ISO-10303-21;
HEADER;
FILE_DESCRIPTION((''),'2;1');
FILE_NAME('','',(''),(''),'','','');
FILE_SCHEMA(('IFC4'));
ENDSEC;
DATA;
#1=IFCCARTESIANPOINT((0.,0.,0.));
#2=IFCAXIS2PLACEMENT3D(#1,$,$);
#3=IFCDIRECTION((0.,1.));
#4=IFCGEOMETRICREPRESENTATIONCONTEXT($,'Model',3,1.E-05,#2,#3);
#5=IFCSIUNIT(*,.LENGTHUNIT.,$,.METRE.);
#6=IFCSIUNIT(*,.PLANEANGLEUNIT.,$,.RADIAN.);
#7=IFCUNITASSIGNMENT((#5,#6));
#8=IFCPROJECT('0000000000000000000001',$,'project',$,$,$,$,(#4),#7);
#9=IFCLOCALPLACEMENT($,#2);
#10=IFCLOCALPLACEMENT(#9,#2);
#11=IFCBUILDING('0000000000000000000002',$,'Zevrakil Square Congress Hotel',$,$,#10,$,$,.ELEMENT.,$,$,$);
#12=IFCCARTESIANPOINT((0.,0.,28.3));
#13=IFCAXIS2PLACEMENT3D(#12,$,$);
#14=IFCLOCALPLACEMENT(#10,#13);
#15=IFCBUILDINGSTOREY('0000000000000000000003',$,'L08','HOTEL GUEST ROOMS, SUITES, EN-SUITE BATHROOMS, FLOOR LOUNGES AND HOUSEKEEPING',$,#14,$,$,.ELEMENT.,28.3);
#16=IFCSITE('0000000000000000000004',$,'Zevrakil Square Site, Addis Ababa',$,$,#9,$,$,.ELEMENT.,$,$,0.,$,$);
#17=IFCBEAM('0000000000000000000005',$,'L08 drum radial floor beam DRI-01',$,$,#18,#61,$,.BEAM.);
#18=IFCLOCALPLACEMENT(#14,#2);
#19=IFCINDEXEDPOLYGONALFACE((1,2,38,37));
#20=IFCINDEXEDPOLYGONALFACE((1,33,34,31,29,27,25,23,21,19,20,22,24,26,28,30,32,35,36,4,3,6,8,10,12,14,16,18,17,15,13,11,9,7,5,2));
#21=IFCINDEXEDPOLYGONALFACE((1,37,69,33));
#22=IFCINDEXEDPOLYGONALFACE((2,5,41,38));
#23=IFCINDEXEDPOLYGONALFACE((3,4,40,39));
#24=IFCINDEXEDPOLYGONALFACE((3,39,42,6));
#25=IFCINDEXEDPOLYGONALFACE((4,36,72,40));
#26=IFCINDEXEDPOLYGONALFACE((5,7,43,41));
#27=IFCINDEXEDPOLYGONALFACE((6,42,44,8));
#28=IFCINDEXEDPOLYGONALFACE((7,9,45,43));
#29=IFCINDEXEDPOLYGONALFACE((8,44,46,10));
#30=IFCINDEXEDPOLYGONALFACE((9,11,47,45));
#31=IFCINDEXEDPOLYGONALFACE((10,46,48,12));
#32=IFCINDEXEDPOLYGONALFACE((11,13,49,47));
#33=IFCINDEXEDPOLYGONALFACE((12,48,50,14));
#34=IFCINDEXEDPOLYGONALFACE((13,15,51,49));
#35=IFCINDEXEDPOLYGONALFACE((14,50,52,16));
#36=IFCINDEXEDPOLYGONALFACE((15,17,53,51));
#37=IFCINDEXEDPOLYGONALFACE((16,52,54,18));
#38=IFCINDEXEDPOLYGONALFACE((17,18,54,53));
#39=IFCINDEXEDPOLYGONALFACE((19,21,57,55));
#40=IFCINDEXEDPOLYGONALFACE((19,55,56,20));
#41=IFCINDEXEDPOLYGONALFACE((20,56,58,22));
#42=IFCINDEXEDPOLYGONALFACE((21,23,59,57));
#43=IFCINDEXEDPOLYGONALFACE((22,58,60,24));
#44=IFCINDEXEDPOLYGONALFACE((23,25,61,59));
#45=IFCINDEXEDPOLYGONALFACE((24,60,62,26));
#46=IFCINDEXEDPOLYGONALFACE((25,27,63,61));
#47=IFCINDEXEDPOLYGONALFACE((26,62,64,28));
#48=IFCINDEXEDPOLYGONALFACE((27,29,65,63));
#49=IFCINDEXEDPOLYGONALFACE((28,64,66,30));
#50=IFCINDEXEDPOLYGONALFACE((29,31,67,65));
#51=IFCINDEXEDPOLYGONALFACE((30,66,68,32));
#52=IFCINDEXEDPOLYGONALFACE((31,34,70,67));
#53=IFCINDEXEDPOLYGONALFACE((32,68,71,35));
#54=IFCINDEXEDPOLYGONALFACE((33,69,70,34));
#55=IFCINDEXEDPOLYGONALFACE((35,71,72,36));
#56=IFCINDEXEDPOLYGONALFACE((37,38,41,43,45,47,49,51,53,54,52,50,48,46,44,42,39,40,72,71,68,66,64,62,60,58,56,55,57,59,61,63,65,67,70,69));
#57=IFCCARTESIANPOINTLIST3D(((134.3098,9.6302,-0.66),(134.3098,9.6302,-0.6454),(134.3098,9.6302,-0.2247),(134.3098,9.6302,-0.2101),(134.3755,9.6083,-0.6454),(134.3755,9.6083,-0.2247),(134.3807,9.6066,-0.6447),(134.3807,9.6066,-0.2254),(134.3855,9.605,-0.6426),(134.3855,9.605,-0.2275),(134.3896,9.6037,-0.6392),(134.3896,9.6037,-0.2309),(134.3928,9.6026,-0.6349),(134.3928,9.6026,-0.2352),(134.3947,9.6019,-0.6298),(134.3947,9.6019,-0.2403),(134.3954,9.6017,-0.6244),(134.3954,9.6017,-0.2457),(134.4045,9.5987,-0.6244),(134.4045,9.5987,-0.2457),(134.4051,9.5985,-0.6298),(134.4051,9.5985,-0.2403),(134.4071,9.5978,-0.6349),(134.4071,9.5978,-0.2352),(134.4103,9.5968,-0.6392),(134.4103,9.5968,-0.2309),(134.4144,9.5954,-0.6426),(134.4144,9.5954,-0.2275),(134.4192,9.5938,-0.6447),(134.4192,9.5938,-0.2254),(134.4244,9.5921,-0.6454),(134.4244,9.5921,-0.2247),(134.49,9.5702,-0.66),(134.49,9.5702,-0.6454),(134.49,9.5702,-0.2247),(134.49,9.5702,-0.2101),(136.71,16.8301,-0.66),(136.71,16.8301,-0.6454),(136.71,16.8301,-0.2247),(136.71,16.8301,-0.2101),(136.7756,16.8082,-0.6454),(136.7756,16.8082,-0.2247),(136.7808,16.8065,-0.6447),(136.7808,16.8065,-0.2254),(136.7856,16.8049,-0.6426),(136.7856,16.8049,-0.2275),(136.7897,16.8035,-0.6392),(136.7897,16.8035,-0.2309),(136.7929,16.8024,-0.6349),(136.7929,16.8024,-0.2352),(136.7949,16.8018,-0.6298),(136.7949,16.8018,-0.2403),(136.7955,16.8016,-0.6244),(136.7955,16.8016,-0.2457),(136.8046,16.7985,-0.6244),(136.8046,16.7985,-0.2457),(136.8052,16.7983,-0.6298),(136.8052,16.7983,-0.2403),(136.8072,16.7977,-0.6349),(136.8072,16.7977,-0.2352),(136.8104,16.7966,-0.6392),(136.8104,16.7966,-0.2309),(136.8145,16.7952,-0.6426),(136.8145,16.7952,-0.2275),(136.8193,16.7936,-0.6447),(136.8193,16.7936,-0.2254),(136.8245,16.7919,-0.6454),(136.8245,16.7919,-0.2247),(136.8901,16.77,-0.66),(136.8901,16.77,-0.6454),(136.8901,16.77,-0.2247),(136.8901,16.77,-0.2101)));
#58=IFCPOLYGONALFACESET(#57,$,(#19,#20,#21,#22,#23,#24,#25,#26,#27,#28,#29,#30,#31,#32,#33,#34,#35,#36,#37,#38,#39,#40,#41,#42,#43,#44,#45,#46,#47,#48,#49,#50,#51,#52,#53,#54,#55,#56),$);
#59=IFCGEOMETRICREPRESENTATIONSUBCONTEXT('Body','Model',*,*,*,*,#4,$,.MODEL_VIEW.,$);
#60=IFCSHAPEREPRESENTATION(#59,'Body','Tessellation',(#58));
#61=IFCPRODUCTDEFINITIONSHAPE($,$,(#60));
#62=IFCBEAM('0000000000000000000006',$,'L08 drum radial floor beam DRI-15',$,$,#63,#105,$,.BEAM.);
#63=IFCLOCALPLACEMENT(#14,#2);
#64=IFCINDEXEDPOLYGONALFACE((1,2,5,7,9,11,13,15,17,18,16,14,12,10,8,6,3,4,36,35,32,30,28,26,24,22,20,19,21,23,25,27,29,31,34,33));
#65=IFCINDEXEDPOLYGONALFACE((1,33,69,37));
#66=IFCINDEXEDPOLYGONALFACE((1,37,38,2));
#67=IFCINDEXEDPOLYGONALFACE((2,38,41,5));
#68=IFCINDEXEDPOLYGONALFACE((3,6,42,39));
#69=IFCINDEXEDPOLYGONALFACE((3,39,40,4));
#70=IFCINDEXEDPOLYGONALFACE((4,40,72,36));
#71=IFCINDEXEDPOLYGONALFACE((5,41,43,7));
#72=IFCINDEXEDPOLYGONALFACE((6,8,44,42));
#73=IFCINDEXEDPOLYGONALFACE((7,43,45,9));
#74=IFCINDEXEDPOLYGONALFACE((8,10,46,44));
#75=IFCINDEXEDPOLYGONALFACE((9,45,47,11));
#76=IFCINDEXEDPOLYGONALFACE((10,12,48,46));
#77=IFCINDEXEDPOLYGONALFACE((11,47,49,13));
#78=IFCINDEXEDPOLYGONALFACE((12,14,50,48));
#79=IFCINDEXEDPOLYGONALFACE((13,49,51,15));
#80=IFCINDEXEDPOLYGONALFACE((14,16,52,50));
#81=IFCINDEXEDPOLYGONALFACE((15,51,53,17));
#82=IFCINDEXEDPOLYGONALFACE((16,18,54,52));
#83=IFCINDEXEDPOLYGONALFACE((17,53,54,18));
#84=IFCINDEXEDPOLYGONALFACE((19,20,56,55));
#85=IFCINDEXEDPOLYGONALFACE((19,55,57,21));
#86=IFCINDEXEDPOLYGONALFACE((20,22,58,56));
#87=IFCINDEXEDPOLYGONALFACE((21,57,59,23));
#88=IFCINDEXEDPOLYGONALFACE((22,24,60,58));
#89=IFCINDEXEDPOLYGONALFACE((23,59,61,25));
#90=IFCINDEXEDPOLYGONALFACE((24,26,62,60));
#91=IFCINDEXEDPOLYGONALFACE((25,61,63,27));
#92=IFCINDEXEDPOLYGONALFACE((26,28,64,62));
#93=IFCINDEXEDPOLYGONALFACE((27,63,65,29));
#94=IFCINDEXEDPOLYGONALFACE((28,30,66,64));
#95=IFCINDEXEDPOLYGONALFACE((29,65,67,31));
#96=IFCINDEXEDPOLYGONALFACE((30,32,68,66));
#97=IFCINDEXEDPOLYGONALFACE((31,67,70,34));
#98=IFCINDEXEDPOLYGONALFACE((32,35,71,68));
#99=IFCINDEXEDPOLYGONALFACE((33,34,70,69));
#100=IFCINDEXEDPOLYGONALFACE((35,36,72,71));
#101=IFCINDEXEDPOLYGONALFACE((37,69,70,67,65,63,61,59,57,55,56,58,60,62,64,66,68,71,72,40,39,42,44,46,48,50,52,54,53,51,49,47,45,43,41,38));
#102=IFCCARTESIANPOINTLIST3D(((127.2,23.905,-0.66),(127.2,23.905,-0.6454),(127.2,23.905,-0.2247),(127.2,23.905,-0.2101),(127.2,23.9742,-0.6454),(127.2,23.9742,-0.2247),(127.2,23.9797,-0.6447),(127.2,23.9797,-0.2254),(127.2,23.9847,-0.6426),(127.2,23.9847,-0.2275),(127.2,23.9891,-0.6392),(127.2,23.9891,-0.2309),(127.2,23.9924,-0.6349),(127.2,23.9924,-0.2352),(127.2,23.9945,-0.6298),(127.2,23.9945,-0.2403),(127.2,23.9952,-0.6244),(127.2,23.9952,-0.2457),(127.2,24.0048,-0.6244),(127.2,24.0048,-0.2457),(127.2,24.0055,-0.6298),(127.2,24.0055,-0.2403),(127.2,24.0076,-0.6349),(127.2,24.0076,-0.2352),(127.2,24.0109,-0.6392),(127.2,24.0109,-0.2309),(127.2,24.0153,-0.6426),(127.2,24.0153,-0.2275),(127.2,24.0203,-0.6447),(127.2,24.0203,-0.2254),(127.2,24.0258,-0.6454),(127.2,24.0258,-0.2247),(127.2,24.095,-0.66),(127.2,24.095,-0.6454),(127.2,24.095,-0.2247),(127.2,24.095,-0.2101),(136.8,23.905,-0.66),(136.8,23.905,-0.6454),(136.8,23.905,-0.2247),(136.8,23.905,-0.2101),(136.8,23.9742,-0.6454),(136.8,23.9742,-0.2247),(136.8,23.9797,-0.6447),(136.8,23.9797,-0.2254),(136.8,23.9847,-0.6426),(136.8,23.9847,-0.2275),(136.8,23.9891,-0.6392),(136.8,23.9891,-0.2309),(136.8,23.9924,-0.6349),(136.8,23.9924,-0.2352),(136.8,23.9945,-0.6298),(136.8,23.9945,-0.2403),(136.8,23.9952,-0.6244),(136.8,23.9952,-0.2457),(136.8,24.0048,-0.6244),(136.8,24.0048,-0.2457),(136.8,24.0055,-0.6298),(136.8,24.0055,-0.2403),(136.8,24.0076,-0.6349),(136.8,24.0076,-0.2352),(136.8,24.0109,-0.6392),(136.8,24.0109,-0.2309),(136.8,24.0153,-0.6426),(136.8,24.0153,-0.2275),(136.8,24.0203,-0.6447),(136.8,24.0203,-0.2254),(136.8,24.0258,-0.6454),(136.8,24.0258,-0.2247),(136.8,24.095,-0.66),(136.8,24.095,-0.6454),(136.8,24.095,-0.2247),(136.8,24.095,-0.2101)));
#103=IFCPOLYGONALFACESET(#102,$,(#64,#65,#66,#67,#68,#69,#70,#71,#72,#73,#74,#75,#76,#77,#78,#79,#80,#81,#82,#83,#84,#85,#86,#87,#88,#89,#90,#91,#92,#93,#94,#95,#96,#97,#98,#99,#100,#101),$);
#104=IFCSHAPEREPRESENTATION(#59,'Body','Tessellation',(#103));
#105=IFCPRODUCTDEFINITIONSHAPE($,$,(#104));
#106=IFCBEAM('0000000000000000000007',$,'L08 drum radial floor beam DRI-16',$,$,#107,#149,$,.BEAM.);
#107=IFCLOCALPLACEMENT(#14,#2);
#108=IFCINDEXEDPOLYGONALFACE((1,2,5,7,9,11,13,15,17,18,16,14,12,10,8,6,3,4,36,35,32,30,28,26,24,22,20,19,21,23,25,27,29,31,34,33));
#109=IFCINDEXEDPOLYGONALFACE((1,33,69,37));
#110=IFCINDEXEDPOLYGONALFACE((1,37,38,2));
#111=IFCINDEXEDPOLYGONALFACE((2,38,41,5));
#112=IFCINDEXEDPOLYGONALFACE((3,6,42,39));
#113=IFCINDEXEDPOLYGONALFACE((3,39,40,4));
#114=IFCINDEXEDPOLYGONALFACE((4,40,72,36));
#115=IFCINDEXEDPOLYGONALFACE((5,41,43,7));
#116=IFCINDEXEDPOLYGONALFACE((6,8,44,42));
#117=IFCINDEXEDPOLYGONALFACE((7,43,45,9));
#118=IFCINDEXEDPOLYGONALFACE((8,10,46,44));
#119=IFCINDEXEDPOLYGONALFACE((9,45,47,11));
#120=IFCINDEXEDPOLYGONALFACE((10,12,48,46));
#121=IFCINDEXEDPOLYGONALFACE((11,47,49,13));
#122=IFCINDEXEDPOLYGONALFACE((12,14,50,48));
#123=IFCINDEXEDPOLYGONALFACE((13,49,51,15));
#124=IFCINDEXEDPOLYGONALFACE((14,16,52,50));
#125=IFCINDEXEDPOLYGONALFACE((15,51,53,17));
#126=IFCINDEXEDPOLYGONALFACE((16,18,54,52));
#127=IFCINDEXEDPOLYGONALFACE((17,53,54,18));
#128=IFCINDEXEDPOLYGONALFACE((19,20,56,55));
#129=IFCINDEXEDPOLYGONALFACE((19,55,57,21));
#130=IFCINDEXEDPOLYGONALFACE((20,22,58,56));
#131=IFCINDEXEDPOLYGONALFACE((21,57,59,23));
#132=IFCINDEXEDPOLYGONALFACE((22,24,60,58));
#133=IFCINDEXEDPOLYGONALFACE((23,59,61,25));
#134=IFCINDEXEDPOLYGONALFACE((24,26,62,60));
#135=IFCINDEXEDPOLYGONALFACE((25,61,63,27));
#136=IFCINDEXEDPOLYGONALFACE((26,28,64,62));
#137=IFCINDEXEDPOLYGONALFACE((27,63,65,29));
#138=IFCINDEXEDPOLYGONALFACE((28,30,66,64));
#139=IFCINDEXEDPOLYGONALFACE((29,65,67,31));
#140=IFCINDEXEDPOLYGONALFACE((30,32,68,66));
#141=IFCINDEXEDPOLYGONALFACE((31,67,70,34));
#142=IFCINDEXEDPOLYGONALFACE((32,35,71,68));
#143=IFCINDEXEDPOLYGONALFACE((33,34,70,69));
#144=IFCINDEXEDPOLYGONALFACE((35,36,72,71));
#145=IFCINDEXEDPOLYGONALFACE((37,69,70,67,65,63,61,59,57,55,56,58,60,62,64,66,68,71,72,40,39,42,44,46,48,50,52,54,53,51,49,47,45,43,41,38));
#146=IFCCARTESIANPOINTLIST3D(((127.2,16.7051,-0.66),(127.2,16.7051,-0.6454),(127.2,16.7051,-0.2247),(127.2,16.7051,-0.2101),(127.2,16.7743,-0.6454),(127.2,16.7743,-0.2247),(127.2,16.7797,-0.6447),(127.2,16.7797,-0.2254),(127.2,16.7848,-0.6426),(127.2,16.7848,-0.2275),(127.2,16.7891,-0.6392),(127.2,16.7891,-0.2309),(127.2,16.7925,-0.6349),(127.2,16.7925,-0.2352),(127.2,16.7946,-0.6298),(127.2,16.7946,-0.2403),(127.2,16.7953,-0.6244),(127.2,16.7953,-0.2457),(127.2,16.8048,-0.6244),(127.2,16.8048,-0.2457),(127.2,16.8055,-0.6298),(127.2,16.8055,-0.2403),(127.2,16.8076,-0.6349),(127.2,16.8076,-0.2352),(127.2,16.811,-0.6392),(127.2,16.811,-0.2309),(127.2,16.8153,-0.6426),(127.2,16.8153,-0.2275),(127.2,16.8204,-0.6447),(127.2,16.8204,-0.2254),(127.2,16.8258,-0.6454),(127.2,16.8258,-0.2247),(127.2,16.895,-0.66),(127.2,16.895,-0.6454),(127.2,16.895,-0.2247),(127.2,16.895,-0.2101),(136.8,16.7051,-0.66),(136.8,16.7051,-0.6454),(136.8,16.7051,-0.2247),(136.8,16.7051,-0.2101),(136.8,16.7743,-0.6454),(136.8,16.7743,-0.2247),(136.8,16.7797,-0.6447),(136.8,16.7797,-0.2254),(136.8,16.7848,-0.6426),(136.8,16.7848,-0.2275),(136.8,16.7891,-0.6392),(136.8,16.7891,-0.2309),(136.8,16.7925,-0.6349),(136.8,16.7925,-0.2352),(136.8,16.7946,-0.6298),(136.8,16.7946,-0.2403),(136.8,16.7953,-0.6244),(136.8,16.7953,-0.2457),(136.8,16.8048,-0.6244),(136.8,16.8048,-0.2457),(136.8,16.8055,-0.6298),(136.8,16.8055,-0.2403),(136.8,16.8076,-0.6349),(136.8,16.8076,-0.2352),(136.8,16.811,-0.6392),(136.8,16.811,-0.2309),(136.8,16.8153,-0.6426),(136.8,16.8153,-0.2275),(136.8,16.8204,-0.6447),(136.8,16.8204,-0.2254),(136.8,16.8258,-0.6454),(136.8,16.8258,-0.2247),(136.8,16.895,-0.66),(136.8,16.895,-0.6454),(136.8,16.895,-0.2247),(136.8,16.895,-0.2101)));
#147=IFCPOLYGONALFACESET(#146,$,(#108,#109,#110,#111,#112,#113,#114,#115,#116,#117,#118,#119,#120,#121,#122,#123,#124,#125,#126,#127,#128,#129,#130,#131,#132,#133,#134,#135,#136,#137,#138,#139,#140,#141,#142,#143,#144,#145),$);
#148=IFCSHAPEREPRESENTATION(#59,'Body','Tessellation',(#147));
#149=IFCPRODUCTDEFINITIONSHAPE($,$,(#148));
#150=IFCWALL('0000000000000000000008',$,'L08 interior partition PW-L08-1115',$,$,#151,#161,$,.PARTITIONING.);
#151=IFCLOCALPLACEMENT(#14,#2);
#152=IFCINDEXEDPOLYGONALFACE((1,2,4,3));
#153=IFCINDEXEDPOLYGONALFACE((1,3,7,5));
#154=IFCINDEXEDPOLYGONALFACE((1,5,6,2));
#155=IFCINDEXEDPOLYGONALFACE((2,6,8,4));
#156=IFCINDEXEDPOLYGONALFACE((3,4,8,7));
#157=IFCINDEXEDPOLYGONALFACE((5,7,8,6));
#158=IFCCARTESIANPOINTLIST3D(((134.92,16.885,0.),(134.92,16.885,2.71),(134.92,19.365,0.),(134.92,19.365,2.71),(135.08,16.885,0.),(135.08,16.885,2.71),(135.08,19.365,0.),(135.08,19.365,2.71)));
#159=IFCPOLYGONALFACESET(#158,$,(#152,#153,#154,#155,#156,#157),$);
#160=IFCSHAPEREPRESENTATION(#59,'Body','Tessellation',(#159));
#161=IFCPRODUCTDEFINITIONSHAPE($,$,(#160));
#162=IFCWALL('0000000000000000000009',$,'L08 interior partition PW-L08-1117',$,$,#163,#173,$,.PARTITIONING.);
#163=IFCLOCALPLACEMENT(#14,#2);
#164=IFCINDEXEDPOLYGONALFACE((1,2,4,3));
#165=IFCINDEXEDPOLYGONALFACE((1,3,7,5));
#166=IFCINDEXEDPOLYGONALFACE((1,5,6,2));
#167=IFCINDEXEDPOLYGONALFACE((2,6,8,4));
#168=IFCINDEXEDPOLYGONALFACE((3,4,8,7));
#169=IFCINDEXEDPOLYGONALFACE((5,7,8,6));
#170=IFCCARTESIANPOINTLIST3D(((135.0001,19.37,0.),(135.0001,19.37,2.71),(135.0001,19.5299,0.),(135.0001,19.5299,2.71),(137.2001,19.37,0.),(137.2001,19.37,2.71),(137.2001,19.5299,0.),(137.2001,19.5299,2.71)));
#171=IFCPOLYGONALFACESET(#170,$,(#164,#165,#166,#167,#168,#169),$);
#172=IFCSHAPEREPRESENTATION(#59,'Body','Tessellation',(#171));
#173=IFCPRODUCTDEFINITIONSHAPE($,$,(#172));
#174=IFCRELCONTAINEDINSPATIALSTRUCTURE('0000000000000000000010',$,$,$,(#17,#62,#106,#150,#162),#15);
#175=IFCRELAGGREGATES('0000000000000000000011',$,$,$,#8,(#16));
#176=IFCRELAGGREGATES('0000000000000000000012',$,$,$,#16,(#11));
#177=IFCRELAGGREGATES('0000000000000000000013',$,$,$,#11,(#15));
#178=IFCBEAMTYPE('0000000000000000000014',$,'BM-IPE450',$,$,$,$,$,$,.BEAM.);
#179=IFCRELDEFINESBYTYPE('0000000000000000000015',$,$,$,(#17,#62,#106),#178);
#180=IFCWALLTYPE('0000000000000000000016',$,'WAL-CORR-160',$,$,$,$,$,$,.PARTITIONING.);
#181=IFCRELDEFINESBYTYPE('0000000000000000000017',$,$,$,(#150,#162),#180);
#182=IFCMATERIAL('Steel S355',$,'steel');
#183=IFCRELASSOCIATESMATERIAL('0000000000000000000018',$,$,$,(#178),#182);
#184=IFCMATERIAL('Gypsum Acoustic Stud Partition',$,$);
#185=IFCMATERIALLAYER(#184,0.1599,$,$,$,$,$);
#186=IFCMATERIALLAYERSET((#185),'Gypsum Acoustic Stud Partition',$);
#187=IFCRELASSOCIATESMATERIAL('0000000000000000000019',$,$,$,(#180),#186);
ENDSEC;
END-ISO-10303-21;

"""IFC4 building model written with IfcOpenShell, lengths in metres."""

from ifc_helpers import new_model, si_unit, direction, frame, frame_2d, origin, origin_2d, place, context, subcontext, project, spatial, rectangle, i_section, extrude, material, layer, layer_set, material_profile, profile_set, type_object, element, save


model = new_model("IFC4")

# Units and contexts
model_context = context("Model", 3, precision=1e-05, world=origin(), true_north=direction((0.0, 1.0)))
body_context = subcontext(model_context, "Body", "Model", "MODEL_VIEW")
ifc_project = project(units=[si_unit("LENGTHUNIT", "METRE"), si_unit("PLANEANGLEUNIT", "RADIAN")], contexts=[model_context])

# Site, building, storey
site_placement = place(None, origin())
site = spatial("IfcSite", under=ifc_project, at=site_placement, Name="Zevrakil Square Site, Addis Ababa", CompositionType="ELEMENT", RefElevation=0.0)
building_placement = place(site_placement, origin())
building = spatial("IfcBuilding", under=site, at=building_placement, Name="Zevrakil Square Congress Hotel", CompositionType="ELEMENT")
storey_placement = place(building_placement, frame((0.0, 0.0, 28.3)))
storey = spatial("IfcBuildingStorey", under=building, at=storey_placement, Name="L08", Description="HOTEL GUEST ROOMS, SUITES, EN-SUITE BATHROOMS, FLOOR LOUNGES AND HOUSEKEEPING", CompositionType="ELEMENT", Elevation=28.3)

# Beams
ifc_material_1 = material(Name="Steel S355", Category="steel")
ifc_material_profile = material_profile(ifc_material_1, i_section(OverallWidth=0.1899, OverallDepth=0.45, WebThickness=0.0095, FlangeThickness=0.0146, FilletRadius=0.021, at=origin_2d()), Name="IPE 450")
ifc_profile_set = profile_set([ifc_material_profile], Name="Steel S355")
beam_type = type_object("IfcBeamType", Name="BM-IPE450", PredefinedType="BEAM", material=ifc_profile_set)
beam_placement = place(storey_placement, frame((136.8, 16.8, -0.4351), z_axis=(-0.316247, -0.948677, 0.0), x_axis=(0.948677, -0.316247, 0.0)))
element("IfcBeam", 1, at=beam_placement, inside=storey, type_object=beam_type, Name="L08 drum radial floor beam DRI-01", PredefinedType="BEAM", context=body_context, shape_type="SweptSolid", body=[
    extrude(i_section(OverallWidth=0.1899, OverallDepth=0.45, WebThickness=0.0095, FlangeThickness=0.0146, FilletRadius=0.021, at=origin_2d()), origin(), (0.0, 0.0, 1.0), 7.5894),
])
for number, where, z_axis, x_axis, name in (
    (2, (136.8, 24.0, -0.4351), (-1.0, 0.0, 0.0), (0.0, -1.0, 0.0), "L08 drum radial floor beam DRI-15"),
    (3, (136.8, 16.8, -0.4351), (-1.0, 0.0, 0.0), (0.0, -1.0, 0.0), "L08 drum radial floor beam DRI-16"),
):
    element("IfcBeam", number, at=place(storey_placement, frame(where, z_axis=z_axis, x_axis=x_axis)), inside=storey, type_object=beam_type, Name=name, PredefinedType="BEAM", context=body_context, shape_type="SweptSolid", body=[
        extrude(i_section(OverallWidth=0.1899, OverallDepth=0.45, WebThickness=0.0095, FlangeThickness=0.0146, FilletRadius=0.021, at=origin_2d()), origin(), (0.0, 0.0, 1.0), 9.6001),
    ])

# Walls
ifc_material_2 = material(Name="Gypsum Acoustic Stud Partition")
ifc_layer_1 = layer(ifc_material_2, 0.1599)
ifc_layer_set_1 = layer_set([ifc_layer_1], Name="Gypsum Acoustic Stud Partition")
wall_type_1 = type_object("IfcWallType", Name="WAL-CORR-160", PredefinedType="PARTITIONING", material=ifc_layer_set_1)
wall_1_placement = place(storey_placement, frame((135.0, 16.885, 0.0), z_axis=(0.0, 0.0, 1.0), x_axis=(0.0, 1.0, 0.0)))
element("IfcWall", 4, at=wall_1_placement, inside=storey, type_object=wall_type_1, Name="L08 interior partition PW-L08-1115", PredefinedType="PARTITIONING", context=body_context, shape_type="SweptSolid", body=[
    extrude(rectangle(XDim=2.48, YDim=0.1599, at=frame_2d((1.24, 0.0))), origin(), (0.0, 0.0, 1.0), 2.71),
])
wall_2_placement = place(storey_placement, frame((135.0, 19.45, 0.0), z_axis=(0.0, 0.0, 1.0), x_axis=(1.0, 0.0, 0.0)))
element("IfcWall", 5, at=wall_2_placement, inside=storey, type_object=wall_type_1, Name="L08 interior partition PW-L08-1117", PredefinedType="PARTITIONING", context=body_context, shape_type="SweptSolid", body=[
    extrude(rectangle(XDim=2.2, YDim=0.1599, at=frame_2d((1.1001, 0.0))), origin(), (0.0, 0.0, 1.0), 2.71),
])

save(model, "model.ifc")
